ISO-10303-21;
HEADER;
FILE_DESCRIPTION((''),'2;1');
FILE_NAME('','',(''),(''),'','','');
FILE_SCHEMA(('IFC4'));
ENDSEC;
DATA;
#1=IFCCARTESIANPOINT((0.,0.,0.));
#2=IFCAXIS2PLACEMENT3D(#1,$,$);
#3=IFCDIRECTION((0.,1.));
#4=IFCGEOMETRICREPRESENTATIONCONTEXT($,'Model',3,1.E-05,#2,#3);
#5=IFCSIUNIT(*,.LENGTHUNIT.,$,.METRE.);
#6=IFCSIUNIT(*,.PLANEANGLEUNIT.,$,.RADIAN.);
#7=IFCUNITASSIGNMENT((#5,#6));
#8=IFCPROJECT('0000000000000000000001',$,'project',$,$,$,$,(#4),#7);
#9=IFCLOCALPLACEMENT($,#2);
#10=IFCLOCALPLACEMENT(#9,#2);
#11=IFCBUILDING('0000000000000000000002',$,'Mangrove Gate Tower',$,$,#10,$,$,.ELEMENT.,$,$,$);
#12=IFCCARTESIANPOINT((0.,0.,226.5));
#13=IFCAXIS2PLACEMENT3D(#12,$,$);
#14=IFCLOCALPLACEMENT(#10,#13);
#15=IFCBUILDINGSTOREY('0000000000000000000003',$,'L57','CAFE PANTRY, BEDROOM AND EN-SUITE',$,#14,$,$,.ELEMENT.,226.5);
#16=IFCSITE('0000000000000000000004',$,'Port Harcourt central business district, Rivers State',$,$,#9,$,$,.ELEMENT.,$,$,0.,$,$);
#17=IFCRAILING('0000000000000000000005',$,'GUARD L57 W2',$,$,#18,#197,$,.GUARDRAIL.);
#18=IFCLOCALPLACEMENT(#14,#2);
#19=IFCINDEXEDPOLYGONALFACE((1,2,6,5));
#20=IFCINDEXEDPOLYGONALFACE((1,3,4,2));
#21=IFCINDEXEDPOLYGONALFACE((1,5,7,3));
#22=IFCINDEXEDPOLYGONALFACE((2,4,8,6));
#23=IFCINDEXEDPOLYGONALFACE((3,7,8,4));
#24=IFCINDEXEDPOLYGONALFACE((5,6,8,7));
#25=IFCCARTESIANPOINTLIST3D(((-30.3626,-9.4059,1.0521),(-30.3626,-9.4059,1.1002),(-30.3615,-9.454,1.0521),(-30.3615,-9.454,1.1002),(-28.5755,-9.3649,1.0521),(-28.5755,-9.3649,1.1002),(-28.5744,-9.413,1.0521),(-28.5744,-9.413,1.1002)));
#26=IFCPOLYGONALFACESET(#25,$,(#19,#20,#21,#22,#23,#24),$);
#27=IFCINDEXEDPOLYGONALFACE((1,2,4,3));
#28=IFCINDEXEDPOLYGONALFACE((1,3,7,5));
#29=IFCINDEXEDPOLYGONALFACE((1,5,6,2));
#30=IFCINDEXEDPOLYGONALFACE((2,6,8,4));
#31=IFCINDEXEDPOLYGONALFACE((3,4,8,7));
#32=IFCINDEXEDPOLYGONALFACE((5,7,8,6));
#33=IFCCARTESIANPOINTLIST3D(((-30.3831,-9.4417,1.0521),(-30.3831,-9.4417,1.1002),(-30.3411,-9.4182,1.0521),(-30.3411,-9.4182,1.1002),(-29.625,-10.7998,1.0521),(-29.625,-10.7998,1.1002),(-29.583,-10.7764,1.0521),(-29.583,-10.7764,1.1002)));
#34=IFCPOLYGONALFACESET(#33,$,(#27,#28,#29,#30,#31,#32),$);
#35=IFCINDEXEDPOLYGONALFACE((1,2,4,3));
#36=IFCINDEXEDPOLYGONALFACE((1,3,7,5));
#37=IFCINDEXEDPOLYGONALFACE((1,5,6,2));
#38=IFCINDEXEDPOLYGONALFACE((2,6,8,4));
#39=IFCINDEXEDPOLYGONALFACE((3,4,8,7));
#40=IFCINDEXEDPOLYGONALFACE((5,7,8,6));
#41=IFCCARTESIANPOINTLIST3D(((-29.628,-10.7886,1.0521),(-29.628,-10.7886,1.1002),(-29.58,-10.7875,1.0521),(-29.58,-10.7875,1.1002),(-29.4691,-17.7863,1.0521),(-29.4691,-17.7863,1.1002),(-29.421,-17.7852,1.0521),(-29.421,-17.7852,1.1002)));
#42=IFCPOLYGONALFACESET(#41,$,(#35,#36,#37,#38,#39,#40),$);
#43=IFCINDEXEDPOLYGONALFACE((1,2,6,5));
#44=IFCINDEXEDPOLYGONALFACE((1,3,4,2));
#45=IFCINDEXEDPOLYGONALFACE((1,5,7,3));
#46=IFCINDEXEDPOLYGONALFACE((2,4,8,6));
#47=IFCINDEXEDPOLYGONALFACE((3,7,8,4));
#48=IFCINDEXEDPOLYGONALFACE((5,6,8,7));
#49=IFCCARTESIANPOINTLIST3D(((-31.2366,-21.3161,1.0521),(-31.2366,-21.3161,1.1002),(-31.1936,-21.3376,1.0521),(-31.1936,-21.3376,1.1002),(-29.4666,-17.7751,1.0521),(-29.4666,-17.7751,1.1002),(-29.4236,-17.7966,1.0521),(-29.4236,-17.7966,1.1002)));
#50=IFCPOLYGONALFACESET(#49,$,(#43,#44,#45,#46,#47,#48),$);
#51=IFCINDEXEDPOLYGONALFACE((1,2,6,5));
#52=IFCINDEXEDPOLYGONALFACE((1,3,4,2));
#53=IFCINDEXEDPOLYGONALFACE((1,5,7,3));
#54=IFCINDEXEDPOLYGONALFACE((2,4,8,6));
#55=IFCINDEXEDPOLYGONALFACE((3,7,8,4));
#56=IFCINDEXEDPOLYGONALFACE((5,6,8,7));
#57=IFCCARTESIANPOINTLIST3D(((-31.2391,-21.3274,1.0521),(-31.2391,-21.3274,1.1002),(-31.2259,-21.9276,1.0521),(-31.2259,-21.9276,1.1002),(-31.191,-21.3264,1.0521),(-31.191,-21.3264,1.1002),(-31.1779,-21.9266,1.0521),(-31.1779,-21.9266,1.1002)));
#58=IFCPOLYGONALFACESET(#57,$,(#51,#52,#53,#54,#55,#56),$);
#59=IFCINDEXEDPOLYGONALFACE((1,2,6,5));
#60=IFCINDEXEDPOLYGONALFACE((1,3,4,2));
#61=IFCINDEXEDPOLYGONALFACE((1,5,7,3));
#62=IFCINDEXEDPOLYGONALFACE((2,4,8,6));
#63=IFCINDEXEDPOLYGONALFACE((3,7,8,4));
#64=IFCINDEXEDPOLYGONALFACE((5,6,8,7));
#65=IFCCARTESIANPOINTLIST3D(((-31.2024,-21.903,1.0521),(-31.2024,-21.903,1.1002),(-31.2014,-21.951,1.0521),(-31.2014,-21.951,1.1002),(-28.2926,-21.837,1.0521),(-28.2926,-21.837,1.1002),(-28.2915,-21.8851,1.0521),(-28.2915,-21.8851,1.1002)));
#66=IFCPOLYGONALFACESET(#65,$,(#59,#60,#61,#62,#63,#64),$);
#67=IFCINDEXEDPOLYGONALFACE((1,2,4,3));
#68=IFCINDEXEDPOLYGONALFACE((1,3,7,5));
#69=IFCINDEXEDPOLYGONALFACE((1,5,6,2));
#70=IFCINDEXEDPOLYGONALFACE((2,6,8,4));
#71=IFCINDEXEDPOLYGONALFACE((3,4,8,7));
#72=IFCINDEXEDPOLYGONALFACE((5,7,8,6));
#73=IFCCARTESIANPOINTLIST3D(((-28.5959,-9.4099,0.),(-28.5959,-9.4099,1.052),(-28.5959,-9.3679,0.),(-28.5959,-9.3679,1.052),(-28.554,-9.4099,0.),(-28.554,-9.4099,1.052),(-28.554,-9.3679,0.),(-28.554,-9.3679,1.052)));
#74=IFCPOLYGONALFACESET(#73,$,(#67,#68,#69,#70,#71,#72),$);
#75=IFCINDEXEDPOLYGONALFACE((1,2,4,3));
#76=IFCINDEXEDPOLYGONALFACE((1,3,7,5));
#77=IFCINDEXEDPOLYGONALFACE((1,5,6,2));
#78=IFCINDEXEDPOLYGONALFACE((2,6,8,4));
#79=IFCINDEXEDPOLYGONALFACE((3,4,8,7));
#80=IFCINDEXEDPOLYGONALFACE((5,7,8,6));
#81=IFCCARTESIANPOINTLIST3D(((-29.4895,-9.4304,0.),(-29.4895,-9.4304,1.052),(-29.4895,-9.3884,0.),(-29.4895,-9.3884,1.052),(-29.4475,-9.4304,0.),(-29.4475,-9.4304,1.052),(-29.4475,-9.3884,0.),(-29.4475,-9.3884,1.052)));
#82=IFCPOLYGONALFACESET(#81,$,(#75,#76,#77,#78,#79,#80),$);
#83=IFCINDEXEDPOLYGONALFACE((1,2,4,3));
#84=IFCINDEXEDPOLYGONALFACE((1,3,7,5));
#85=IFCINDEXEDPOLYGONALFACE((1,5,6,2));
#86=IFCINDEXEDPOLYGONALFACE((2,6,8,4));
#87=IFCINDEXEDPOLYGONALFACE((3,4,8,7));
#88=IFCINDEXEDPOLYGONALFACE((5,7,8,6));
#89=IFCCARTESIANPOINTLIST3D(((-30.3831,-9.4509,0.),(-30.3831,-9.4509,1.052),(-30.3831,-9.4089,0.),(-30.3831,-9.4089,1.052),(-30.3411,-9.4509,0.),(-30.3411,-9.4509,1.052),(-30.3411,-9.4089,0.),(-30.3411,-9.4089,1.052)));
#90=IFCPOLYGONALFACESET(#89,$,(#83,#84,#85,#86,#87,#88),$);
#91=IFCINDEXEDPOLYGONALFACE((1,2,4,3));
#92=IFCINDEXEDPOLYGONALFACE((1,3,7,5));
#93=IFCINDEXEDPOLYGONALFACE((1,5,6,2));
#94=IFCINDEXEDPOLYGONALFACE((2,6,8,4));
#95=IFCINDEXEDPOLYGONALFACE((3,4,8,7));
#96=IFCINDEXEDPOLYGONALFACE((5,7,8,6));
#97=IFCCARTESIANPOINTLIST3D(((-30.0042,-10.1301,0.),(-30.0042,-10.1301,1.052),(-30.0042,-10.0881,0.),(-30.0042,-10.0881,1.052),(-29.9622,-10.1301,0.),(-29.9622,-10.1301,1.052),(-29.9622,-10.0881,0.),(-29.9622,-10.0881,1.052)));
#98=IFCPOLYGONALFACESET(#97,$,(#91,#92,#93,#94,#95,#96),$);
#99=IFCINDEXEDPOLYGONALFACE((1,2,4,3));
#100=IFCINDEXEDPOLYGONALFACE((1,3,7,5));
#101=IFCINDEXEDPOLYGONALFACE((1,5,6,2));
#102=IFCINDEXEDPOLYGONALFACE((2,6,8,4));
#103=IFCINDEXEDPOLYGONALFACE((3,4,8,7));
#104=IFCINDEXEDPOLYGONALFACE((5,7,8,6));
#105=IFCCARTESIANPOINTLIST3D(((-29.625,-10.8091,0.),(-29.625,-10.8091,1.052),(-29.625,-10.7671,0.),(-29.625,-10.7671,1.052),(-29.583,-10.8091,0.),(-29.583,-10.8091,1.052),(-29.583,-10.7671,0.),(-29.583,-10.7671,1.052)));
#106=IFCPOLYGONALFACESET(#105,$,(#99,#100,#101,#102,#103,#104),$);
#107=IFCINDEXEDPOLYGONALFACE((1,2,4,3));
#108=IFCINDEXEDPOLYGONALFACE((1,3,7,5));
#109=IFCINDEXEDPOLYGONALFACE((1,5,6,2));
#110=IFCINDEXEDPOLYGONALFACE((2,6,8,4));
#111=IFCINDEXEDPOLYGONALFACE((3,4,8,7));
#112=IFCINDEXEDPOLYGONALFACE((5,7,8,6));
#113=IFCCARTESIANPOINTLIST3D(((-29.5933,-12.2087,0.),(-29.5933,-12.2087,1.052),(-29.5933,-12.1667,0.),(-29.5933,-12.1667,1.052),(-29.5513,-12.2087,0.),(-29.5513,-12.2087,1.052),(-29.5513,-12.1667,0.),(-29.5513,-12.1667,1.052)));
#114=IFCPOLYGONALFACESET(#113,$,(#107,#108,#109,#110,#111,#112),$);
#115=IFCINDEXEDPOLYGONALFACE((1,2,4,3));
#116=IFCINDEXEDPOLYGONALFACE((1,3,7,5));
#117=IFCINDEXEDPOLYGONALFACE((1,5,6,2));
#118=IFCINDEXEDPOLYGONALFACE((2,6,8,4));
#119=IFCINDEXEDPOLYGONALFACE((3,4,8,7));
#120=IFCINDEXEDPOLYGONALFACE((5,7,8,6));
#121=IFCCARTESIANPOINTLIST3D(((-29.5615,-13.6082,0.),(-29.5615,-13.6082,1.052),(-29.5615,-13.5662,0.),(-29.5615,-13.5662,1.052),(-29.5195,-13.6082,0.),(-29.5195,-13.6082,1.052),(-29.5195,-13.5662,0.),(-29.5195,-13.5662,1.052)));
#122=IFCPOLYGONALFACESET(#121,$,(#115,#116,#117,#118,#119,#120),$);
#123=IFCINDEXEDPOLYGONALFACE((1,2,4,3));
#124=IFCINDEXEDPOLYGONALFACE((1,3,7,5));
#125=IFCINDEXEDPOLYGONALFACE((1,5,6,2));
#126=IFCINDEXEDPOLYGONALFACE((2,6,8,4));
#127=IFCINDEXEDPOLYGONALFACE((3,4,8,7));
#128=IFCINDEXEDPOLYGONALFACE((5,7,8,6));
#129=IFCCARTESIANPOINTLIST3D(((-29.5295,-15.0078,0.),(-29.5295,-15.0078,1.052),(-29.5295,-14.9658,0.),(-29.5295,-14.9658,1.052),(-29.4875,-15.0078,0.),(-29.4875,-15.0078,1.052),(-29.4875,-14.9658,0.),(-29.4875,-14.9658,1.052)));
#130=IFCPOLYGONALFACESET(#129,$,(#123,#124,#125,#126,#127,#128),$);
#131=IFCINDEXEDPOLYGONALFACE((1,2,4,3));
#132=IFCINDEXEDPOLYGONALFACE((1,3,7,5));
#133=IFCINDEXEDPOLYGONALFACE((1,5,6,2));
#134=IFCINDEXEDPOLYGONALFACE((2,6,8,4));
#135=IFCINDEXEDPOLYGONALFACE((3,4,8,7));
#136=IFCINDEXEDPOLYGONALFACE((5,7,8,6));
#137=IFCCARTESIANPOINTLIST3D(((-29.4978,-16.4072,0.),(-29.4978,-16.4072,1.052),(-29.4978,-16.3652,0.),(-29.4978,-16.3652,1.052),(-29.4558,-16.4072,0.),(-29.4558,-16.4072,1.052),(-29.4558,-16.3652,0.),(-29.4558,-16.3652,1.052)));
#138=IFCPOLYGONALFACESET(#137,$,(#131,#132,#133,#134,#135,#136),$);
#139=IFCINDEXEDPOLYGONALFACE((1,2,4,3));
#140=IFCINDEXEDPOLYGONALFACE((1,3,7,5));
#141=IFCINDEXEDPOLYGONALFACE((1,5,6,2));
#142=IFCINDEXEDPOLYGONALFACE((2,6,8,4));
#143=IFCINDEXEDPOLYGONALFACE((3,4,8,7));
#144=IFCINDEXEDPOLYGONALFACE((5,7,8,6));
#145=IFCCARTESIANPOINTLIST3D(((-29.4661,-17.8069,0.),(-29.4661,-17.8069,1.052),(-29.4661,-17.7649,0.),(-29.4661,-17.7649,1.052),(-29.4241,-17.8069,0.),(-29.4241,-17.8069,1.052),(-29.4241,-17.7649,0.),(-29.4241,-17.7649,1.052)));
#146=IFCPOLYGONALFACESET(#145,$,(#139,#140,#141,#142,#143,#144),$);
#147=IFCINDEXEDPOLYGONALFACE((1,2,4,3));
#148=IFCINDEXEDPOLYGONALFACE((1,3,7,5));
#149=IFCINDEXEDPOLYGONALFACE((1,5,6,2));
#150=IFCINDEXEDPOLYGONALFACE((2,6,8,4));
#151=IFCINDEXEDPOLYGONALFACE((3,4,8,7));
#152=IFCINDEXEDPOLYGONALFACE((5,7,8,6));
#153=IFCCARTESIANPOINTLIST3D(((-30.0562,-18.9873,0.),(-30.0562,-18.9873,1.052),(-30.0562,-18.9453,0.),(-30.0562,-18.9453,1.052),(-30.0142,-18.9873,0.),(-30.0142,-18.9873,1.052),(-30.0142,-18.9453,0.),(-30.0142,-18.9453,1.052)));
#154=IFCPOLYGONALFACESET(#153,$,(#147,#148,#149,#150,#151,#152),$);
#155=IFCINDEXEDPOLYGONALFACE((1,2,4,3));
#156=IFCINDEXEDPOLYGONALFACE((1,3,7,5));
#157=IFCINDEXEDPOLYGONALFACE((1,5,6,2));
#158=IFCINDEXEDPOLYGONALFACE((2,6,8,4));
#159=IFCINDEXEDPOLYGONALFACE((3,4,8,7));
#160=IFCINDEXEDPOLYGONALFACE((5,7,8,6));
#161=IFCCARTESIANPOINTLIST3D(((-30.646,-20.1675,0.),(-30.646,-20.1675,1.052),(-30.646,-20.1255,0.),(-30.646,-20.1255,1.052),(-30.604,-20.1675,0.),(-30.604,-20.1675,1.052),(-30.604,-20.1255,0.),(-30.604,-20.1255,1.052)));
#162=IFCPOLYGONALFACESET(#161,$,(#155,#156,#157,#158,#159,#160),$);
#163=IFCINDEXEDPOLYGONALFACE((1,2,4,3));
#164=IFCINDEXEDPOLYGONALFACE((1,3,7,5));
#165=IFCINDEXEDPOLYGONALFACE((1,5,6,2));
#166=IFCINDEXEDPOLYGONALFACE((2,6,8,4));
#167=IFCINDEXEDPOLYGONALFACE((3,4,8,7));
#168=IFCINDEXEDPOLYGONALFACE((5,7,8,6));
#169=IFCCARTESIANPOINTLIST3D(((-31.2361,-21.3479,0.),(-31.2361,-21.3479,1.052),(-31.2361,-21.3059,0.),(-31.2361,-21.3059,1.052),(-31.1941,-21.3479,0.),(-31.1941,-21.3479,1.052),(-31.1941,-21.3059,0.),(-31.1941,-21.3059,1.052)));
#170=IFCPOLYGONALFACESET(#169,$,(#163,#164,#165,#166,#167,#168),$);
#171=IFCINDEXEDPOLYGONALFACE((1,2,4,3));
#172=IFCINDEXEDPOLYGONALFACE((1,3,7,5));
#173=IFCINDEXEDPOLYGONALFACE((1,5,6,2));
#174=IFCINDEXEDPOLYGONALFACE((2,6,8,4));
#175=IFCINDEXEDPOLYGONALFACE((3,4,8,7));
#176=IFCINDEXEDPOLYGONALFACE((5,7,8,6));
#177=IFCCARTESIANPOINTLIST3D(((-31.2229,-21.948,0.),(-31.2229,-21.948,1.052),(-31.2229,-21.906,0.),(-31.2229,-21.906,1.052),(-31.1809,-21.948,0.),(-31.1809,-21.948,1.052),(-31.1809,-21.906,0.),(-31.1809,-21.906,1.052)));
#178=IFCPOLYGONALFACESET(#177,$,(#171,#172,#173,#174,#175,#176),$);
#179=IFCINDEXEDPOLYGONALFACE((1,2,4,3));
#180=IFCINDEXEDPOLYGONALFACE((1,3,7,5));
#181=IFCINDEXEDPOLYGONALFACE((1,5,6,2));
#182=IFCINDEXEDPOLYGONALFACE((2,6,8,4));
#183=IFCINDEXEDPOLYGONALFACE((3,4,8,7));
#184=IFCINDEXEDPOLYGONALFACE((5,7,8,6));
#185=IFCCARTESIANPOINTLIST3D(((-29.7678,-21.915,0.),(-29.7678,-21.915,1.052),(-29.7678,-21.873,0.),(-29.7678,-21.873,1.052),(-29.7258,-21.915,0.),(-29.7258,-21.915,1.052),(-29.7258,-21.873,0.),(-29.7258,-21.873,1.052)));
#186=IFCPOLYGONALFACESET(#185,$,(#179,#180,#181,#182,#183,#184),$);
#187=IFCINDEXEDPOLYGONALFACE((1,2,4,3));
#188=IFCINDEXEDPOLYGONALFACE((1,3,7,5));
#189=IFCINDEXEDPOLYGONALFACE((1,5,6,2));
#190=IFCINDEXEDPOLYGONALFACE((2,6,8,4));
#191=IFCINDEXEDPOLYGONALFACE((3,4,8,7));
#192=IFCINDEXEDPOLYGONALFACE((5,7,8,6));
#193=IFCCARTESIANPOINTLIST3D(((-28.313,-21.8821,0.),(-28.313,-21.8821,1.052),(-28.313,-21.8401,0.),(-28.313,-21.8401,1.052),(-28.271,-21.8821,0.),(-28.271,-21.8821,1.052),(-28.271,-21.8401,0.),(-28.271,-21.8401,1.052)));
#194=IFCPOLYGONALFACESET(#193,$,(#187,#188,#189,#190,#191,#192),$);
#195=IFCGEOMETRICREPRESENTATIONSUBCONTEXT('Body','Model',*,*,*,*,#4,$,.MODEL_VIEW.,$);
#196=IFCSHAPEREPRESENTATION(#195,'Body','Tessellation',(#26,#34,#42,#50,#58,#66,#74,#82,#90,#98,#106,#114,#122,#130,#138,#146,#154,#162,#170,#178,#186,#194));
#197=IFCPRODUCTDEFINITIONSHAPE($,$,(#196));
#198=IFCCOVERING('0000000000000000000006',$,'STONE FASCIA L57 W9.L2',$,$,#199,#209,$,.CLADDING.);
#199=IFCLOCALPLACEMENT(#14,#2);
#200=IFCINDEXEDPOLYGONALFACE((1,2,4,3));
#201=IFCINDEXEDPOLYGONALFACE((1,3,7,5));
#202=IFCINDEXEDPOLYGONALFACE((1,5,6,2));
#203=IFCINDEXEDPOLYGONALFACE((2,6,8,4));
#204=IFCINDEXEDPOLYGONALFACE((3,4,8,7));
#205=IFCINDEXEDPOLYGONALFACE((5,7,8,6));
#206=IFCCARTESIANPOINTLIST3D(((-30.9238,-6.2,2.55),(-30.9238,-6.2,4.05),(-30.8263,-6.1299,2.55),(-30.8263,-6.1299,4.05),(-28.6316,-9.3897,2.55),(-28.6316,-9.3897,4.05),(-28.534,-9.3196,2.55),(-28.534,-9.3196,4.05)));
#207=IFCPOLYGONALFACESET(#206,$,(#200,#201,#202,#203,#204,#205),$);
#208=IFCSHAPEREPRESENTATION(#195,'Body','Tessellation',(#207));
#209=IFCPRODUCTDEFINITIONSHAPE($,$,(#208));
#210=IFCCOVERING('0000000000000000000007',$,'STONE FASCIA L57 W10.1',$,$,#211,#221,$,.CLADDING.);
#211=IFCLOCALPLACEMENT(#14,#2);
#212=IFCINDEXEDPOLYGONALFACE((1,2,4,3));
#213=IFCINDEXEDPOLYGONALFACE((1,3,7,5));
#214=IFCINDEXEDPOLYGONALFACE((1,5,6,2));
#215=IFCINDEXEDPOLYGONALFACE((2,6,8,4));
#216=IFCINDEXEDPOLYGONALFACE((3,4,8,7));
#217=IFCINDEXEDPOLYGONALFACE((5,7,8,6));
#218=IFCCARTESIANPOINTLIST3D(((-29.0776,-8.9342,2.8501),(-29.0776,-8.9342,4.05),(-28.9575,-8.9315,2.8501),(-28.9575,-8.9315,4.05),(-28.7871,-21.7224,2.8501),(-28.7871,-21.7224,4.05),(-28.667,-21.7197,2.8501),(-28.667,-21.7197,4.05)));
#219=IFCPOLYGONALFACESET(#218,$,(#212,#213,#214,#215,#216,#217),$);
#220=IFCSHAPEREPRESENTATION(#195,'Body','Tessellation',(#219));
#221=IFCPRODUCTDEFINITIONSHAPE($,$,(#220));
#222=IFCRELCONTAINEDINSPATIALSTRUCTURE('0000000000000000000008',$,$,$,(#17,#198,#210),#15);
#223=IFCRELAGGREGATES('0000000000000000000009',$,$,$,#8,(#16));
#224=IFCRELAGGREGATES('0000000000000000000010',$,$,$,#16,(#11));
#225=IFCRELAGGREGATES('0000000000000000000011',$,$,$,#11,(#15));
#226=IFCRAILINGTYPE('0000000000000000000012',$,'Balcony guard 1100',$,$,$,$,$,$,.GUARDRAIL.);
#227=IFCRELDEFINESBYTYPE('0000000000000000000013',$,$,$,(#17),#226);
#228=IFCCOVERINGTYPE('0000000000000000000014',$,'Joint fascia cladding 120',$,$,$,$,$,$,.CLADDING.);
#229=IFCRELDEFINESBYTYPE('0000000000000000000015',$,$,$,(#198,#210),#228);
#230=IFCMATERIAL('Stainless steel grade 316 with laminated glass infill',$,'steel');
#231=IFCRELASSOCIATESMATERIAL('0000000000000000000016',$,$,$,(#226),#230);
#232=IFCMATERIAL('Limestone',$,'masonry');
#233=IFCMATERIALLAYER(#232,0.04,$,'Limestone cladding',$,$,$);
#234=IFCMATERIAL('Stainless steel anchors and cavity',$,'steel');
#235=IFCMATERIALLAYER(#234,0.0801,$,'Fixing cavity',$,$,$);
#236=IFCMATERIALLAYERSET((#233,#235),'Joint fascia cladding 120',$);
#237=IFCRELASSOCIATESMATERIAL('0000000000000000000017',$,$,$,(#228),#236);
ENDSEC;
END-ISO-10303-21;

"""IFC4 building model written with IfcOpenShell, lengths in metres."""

from ifc_helpers import new_model, si_unit, direction, frame, frame_2d, origin, origin_2d, place, context, subcontext, project, spatial, rectangle, extrude, material, layer, layer_set, type_object, element, save


model = new_model("IFC4")

# Units and contexts
model_context = context("Model", 3, precision=1e-05, world=origin(), true_north=direction((0.0, 1.0)))
body_context = subcontext(model_context, "Body", "Model", "MODEL_VIEW")
ifc_project = project(units=[si_unit("LENGTHUNIT", "METRE"), si_unit("PLANEANGLEUNIT", "RADIAN")], contexts=[model_context])

# Site, building, storey
site_placement = place(None, origin())
site = spatial("IfcSite", under=ifc_project, at=site_placement, Name="Port Harcourt central business district, Rivers State", CompositionType="ELEMENT", RefElevation=0.0)
building_placement = place(site_placement, origin())
building = spatial("IfcBuilding", under=site, at=building_placement, Name="Mangrove Gate Tower", CompositionType="ELEMENT")
storey_placement = place(building_placement, frame((0.0, 0.0, 226.5)))
storey = spatial("IfcBuildingStorey", under=building, at=storey_placement, Name="L57", Description="CAFE PANTRY, BEDROOM AND EN-SUITE", CompositionType="ELEMENT", Elevation=226.5)

# Shared definitions
ifc_material_1 = material(Name="Limestone", Category="masonry")

# Railing
ifc_material_2 = material(Name="Stainless steel grade 316 with laminated glass infill", Category="steel")
railing_type = type_object("IfcRailingType", Name="Balcony guard 1100", PredefinedType="GUARDRAIL", material=ifc_material_2)
railing_placement = place(storey_placement, frame((-28.575, -9.3889, 0.0)))
element("IfcRailing", 1, at=railing_placement, inside=storey, type_object=railing_type, Name="GUARD L57 W2", PredefinedType="GUARDRAIL", context=body_context, shape_type="SweptSolid", body=[
    extrude(rectangle(XDim=0.0481, YDim=0.0481, at=origin_2d()), frame((0.0, 0.0, 1.0762), z_axis=(-0.999737, -0.022945, 0.0), x_axis=(0.022945, -0.999737, 0.0)), (0.0, 0.0, 1.0), 1.7876),
    extrude(rectangle(XDim=0.0481, YDim=0.0481, at=origin_2d()), frame((-1.7871, -0.041, 1.0762), z_axis=(0.487375, -0.873193, 0.0), x_axis=(0.873193, 0.487375, 0.0)), (0.0, 0.0, 1.0), 1.5554),
    extrude(rectangle(XDim=0.0481, YDim=0.0481, at=origin_2d()), frame((-1.0291, -1.3992, 1.0762), z_axis=(0.022706, -0.999742, 0.0), x_axis=(0.999742, 0.022706, 0.0)), (0.0, 0.0, 1.0), 6.9995),
    extrude(rectangle(XDim=0.0481, YDim=0.0481, at=origin_2d()), frame((-0.8701, -8.397, 1.0762), z_axis=(-0.447115, -0.894477, 0.0), x_axis=(0.894477, -0.447115, 0.0)), (0.0, 0.0, 1.0), 3.9587),
    extrude(rectangle(XDim=0.0481, YDim=0.0481, at=origin_2d()), frame((-2.6401, -11.938, 1.0762), z_axis=(0.021964, -0.999759, 0.0), x_axis=(0.999759, 0.021964, 0.0)), (0.0, 0.0, 1.0), 0.6003),
    extrude(rectangle(XDim=0.0481, YDim=0.0481, at=origin_2d()), frame((-2.627, -12.5381, 1.0762), z_axis=(0.999744, 0.022647, 0.0), x_axis=(-0.022647, 0.999744, 0.0)), (0.0, 0.0, 1.0), 2.9106),
    extrude(rectangle(XDim=0.042, YDim=0.042, at=origin_2d()), origin(), (0.0, 0.0, 1.0), 1.052),
    extrude(rectangle(XDim=0.042, YDim=0.042, at=origin_2d()), frame((-0.8936, -0.0205, 0.0)), (0.0, 0.0, 1.0), 1.052),
    extrude(rectangle(XDim=0.042, YDim=0.042, at=origin_2d()), frame((-1.7871, -0.041, 0.0)), (0.0, 0.0, 1.0), 1.052),
    extrude(rectangle(XDim=0.042, YDim=0.042, at=origin_2d()), frame((-1.4082, -0.7202, 0.0)), (0.0, 0.0, 1.0), 1.052),
    extrude(rectangle(XDim=0.042, YDim=0.042, at=origin_2d()), frame((-1.0291, -1.3992, 0.0)), (0.0, 0.0, 1.0), 1.052),
    extrude(rectangle(XDim=0.042, YDim=0.042, at=origin_2d()), frame((-0.9973, -2.7988, 0.0)), (0.0, 0.0, 1.0), 1.052),
    extrude(rectangle(XDim=0.042, YDim=0.042, at=origin_2d()), frame((-0.9656, -4.1982, 0.0)), (0.0, 0.0, 1.0), 1.052),
    extrude(rectangle(XDim=0.042, YDim=0.042, at=origin_2d()), frame((-0.9336, -5.5979, 0.0)), (0.0, 0.0, 1.0), 1.052),
    extrude(rectangle(XDim=0.042, YDim=0.042, at=origin_2d()), frame((-0.9019, -6.9973, 0.0)), (0.0, 0.0, 1.0), 1.052),
    extrude(rectangle(XDim=0.042, YDim=0.042, at=origin_2d()), frame((-0.8701, -8.397, 0.0)), (0.0, 0.0, 1.0), 1.052),
    extrude(rectangle(XDim=0.042, YDim=0.042, at=origin_2d()), frame((-1.4602, -9.5774, 0.0)), (0.0, 0.0, 1.0), 1.052),
    extrude(rectangle(XDim=0.042, YDim=0.042, at=origin_2d()), frame((-2.05, -10.7576, 0.0)), (0.0, 0.0, 1.0), 1.052),
    extrude(rectangle(XDim=0.042, YDim=0.042, at=origin_2d()), frame((-2.6401, -11.938, 0.0)), (0.0, 0.0, 1.0), 1.052),
    extrude(rectangle(XDim=0.042, YDim=0.042, at=origin_2d()), frame((-2.627, -12.5381, 0.0)), (0.0, 0.0, 1.0), 1.052),
    extrude(rectangle(XDim=0.042, YDim=0.042, at=origin_2d()), frame((-1.1719, -12.5051, 0.0)), (0.0, 0.0, 1.0), 1.052),
    extrude(rectangle(XDim=0.042, YDim=0.042, at=origin_2d()), frame((0.283, -12.4722, 0.0)), (0.0, 0.0, 1.0), 1.052),
])

# Coverings
ifc_layer_1 = layer(ifc_material_1, 0.04, Name="Limestone cladding")
ifc_material_3 = material(Name="Stainless steel anchors and cavity", Category="steel")
ifc_layer_2 = layer(ifc_material_3, 0.0801, Name="Fixing cavity")
ifc_layer_set_1 = layer_set([ifc_layer_1, ifc_layer_2], Name="Joint fascia cladding 120")
covering_type = type_object("IfcCoveringType", Name="Joint fascia cladding 120", PredefinedType="CLADDING", material=ifc_layer_set_1)
covering_1_placement = place(storey_placement, frame((-30.875, -6.165, 2.55), z_axis=(0.0, 0.0, 1.0), x_axis=(0.583576, -0.812059, 0.0)))
element("IfcCovering", 2, at=covering_1_placement, inside=storey, type_object=covering_type, Name="STONE FASCIA L57 W9.L2", PredefinedType="CLADDING", context=body_context, shape_type="SweptSolid", body=[
    extrude(rectangle(XDim=3.928, YDim=0.1201, at=frame_2d((1.9639, 0.0))), origin(), (0.0, 0.0, 1.0), 1.5),
])
covering_2_placement = place(storey_placement, frame((-29.0176, -8.9329, 2.8501), z_axis=(0.0, 0.0, 1.0), x_axis=(0.022713, -0.999742, 0.0)))
element("IfcCovering", 3, at=covering_2_placement, inside=storey, type_object=covering_type, Name="STONE FASCIA L57 W10.1", PredefinedType="CLADDING", context=body_context, shape_type="SweptSolid", body=[
    extrude(rectangle(XDim=12.7915, YDim=0.1201, at=frame_2d((6.3958, 0.0))), origin(), (0.0, 0.0, 1.0), 1.2),
])

save(model, "model.ifc")
